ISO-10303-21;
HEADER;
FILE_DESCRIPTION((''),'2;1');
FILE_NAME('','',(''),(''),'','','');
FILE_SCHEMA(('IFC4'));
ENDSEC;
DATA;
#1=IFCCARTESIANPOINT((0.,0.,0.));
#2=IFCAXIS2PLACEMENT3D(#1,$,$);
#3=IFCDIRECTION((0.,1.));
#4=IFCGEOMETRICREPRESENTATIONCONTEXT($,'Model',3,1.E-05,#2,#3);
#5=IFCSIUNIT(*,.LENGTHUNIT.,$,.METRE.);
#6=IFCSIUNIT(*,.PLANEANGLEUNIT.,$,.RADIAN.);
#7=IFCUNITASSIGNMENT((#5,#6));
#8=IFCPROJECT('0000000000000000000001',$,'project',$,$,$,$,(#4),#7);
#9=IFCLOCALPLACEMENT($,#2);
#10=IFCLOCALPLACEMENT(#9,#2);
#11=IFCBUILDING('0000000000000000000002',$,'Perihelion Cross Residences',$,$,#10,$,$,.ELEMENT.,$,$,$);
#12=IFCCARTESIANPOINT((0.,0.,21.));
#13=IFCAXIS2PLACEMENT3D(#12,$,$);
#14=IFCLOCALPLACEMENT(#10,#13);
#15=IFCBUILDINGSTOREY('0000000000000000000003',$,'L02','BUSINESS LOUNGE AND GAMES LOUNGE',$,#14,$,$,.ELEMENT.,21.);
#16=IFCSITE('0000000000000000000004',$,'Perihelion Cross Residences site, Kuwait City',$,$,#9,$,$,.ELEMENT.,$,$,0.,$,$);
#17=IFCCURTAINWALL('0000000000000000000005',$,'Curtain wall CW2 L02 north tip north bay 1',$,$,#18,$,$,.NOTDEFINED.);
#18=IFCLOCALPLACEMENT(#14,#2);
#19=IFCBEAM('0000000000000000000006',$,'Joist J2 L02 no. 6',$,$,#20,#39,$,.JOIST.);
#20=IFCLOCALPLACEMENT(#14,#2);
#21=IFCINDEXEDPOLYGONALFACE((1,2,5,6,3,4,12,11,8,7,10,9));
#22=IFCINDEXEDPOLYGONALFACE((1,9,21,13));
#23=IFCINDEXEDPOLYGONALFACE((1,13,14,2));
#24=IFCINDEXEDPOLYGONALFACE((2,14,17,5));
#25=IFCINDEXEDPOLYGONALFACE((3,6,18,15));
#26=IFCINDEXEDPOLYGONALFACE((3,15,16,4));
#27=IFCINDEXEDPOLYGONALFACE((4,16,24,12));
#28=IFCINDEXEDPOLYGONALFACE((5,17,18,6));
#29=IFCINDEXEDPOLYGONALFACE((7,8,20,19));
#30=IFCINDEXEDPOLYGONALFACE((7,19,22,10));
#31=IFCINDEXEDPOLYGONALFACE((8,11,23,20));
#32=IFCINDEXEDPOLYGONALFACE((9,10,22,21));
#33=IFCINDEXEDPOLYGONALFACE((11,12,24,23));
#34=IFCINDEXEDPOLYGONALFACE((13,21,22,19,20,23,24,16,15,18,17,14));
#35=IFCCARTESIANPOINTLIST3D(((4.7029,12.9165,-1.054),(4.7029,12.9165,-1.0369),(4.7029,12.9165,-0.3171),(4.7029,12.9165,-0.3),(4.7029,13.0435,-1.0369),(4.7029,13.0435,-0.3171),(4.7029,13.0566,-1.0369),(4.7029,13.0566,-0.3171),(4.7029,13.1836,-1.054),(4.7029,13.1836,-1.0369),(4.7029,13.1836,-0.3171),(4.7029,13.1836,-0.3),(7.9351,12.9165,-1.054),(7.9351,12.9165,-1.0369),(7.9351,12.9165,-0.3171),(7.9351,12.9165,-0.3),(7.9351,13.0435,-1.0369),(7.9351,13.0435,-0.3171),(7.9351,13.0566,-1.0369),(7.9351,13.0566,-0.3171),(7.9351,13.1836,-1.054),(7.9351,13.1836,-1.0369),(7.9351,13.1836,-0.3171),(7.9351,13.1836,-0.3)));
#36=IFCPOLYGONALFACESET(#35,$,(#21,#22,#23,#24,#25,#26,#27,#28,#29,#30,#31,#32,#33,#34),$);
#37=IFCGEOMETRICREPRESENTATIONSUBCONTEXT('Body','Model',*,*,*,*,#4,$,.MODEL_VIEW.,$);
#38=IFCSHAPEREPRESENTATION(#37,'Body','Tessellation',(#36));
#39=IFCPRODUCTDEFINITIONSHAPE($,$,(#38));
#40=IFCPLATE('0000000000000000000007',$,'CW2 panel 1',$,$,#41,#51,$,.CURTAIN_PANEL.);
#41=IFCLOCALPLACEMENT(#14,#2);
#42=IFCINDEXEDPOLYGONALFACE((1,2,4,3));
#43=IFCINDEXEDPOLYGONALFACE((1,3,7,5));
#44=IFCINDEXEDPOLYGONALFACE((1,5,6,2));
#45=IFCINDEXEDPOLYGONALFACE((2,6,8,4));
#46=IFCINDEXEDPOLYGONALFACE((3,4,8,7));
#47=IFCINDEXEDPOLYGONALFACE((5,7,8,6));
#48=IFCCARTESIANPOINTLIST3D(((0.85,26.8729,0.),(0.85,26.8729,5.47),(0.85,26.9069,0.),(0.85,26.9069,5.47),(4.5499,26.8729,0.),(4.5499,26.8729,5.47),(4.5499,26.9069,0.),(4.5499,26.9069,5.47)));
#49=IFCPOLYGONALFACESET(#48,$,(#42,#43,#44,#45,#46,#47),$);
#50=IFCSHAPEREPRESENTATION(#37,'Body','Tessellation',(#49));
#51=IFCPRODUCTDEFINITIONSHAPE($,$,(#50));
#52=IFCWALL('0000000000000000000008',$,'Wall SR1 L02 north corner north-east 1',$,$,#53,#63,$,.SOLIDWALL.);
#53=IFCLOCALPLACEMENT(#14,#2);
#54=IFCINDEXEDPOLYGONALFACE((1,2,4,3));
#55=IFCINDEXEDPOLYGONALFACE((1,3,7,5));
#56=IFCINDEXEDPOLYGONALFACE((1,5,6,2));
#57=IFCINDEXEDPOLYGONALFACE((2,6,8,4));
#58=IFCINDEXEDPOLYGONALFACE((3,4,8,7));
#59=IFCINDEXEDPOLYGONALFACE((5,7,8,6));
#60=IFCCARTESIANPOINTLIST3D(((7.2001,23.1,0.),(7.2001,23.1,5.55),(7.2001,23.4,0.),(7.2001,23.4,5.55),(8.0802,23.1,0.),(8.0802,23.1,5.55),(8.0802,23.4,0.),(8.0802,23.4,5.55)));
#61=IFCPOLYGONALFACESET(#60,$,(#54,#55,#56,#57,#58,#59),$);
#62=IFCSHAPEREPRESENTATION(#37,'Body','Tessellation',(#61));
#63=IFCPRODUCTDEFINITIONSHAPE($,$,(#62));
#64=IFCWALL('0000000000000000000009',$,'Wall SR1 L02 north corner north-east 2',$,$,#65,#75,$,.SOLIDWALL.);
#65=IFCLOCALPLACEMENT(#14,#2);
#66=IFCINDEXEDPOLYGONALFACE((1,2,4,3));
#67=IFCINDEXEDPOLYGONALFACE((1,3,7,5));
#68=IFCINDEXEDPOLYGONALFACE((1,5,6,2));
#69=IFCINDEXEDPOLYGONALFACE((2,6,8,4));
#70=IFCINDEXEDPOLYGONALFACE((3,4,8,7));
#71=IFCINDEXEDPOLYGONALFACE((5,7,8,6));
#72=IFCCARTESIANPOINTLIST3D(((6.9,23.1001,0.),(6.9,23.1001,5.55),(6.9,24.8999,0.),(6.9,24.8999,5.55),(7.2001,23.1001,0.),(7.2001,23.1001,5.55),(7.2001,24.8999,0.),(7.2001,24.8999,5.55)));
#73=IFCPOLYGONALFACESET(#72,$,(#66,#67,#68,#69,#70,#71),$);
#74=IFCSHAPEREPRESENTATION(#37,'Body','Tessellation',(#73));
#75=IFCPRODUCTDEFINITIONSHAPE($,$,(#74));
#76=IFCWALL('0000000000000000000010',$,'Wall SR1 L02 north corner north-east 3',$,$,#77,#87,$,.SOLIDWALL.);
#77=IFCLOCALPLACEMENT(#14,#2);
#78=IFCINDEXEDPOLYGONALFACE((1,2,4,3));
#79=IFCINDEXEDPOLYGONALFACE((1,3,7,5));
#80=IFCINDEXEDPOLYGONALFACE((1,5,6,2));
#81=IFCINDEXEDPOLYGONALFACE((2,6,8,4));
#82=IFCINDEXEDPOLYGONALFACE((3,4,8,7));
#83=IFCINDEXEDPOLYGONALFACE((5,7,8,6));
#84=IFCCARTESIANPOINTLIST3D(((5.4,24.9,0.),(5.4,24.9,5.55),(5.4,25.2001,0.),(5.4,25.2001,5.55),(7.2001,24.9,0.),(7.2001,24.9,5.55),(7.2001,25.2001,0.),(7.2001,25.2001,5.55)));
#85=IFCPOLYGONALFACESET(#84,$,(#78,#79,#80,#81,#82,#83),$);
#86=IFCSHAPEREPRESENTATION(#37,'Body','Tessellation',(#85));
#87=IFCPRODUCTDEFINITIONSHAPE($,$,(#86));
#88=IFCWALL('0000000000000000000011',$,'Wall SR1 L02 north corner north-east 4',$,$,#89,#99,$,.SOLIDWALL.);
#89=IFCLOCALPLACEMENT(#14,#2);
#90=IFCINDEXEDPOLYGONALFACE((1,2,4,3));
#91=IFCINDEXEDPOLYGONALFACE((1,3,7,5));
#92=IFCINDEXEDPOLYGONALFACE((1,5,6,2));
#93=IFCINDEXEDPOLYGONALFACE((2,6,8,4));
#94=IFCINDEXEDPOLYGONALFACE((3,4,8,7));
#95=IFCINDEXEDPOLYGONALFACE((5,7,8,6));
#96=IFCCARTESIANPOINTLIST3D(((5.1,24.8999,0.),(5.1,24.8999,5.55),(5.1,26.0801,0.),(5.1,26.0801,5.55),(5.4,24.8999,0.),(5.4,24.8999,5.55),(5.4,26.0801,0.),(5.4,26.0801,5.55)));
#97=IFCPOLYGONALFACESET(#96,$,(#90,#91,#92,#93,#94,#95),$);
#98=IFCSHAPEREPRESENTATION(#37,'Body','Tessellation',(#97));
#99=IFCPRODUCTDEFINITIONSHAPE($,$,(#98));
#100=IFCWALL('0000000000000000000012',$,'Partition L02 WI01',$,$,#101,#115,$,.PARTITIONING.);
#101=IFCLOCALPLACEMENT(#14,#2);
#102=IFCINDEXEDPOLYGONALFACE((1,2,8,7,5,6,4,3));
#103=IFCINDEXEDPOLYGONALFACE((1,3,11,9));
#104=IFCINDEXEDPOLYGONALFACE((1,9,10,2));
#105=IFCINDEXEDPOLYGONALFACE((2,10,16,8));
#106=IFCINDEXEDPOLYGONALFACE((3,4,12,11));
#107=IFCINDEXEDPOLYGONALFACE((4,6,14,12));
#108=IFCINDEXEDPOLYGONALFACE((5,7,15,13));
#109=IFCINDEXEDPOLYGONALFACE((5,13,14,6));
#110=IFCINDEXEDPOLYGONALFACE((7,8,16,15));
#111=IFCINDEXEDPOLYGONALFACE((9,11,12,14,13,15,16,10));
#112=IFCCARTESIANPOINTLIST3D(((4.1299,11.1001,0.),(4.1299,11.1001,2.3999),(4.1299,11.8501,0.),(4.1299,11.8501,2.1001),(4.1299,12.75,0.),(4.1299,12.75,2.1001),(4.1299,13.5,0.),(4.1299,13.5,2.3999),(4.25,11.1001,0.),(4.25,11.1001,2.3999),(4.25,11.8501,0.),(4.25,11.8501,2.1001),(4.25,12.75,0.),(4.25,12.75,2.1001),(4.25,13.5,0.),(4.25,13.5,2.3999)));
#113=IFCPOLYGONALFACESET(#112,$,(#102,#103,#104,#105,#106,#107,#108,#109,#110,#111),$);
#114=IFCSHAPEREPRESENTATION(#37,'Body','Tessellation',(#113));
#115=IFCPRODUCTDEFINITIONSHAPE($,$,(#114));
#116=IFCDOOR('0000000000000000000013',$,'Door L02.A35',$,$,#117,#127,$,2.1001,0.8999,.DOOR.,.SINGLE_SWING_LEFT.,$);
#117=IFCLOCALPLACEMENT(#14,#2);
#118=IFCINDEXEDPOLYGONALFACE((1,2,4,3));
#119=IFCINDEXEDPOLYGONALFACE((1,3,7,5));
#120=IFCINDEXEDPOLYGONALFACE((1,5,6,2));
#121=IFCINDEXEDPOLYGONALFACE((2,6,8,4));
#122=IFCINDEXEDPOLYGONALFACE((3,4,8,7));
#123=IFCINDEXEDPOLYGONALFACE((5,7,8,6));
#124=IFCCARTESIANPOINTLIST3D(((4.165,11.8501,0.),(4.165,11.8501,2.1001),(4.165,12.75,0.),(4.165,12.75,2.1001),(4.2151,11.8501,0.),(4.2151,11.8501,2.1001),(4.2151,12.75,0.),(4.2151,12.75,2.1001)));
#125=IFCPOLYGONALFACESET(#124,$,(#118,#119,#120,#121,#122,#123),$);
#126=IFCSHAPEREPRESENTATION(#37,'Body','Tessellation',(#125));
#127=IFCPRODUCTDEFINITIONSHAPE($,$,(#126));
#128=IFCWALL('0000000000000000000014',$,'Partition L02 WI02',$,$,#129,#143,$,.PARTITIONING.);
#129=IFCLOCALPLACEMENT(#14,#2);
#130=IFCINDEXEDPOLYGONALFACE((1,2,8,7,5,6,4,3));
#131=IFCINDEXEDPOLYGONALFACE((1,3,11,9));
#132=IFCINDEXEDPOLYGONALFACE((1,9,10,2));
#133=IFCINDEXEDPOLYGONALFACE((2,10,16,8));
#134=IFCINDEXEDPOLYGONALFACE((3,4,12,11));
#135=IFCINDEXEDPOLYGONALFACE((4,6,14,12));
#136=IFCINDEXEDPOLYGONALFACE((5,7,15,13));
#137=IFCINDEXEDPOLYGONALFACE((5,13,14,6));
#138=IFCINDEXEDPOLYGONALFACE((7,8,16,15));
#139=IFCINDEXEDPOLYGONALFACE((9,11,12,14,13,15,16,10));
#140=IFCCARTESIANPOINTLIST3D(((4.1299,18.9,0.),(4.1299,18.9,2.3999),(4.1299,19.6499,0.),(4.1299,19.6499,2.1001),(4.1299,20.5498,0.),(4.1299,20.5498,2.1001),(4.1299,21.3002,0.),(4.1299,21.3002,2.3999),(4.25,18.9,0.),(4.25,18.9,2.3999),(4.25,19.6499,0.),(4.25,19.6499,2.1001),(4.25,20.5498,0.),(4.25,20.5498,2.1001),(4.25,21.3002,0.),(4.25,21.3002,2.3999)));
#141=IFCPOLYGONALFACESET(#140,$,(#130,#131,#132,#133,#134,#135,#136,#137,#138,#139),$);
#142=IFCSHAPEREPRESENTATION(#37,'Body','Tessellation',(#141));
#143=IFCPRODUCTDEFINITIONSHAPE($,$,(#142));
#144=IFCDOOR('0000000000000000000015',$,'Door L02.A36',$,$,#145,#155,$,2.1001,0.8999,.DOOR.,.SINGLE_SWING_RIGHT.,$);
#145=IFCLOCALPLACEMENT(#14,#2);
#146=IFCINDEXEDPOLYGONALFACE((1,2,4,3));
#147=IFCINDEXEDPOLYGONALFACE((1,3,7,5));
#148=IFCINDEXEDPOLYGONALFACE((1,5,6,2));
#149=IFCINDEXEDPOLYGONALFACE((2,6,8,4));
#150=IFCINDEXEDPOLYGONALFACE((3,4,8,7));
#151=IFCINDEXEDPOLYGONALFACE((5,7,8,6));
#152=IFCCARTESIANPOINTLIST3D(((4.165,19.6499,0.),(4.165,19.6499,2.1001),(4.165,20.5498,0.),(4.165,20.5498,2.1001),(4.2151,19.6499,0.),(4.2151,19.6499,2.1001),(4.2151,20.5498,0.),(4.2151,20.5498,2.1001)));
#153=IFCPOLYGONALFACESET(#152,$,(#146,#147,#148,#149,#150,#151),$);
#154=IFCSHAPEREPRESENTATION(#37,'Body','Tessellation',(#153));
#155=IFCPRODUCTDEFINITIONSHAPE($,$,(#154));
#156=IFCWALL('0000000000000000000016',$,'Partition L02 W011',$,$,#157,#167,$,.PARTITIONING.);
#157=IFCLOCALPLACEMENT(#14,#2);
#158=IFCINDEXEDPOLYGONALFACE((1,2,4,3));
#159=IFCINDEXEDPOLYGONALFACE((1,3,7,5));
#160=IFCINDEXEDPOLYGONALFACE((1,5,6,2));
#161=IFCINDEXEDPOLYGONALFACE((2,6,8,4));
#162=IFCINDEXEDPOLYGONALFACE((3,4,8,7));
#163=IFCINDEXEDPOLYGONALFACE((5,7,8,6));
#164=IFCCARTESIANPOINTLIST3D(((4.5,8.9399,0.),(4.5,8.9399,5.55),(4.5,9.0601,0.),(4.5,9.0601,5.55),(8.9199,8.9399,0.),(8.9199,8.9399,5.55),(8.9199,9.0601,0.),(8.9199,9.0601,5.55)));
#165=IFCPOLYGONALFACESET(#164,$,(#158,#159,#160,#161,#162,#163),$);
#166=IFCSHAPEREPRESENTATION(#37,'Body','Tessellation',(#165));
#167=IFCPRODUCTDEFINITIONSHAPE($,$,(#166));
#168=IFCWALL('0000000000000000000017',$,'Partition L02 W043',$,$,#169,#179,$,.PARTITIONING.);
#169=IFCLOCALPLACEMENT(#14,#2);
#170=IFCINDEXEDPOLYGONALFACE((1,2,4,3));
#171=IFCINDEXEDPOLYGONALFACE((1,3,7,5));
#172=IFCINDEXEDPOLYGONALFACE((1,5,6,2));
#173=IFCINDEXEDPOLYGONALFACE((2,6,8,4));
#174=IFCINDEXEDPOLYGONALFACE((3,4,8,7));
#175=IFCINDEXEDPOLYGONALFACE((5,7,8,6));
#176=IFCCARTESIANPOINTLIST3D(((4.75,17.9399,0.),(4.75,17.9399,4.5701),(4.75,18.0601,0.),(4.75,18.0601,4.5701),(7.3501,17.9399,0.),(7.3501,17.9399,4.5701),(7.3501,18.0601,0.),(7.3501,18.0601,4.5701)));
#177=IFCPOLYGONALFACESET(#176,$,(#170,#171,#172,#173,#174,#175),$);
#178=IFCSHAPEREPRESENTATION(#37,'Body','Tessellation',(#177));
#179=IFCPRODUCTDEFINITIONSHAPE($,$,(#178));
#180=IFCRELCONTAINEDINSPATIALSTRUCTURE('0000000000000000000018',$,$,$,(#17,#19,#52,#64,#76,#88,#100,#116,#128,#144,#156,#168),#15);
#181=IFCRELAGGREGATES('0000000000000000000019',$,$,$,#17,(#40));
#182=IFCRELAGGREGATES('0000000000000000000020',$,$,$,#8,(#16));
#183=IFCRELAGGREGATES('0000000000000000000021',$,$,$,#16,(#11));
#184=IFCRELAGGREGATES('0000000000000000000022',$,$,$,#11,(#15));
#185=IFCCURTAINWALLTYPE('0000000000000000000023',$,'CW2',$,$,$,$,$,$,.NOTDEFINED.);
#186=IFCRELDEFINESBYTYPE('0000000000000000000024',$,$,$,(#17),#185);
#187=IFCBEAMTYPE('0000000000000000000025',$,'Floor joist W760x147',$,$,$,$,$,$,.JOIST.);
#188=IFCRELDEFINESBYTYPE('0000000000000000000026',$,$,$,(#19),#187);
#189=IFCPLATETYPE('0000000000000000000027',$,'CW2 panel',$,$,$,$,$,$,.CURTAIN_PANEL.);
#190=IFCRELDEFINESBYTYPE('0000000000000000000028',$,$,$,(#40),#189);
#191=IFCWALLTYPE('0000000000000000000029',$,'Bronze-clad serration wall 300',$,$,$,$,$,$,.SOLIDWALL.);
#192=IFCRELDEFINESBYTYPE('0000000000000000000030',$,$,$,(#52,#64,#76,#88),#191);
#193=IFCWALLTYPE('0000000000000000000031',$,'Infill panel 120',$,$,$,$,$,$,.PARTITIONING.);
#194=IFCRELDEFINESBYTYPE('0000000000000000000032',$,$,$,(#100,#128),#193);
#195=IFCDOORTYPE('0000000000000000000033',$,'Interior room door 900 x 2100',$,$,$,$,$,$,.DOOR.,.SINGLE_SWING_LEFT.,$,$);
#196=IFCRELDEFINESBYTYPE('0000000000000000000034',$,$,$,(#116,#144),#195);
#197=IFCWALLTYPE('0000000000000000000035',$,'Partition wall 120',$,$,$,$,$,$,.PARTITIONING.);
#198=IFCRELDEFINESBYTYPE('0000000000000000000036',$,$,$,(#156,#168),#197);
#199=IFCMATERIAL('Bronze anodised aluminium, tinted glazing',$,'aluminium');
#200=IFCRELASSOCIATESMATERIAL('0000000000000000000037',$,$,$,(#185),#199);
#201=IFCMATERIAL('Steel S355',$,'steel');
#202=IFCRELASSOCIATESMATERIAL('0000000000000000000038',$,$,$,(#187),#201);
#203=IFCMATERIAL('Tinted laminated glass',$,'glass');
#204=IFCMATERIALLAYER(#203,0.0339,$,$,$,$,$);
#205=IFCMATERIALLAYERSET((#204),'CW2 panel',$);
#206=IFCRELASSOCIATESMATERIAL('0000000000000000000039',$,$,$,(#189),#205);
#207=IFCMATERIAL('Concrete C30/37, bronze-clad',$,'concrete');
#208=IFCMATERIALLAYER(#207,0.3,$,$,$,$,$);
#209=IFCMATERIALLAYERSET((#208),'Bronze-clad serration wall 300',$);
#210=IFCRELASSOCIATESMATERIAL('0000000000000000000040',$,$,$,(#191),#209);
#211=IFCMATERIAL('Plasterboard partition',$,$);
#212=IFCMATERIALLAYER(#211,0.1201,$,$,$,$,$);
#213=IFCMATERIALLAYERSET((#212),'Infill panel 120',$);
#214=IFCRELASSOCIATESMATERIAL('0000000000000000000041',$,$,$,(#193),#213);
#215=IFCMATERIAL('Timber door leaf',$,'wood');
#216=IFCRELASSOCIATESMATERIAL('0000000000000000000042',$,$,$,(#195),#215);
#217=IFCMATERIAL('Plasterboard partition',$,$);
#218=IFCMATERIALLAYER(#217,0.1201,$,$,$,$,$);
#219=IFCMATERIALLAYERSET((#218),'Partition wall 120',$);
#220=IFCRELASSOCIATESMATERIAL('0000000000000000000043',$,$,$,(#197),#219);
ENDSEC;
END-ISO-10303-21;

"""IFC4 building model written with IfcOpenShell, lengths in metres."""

from ifc_helpers import new_model, si_unit, direction, frame, frame_2d, origin, origin_2d, place, context, subcontext, project, spatial, rectangle, i_section, extrude, material, layer, layer_set, material_profile, profile_set, type_object, element, fill, aggregate, save


model = new_model("IFC4")

# Units and contexts
model_context = context("Model", 3, precision=1e-05, world=origin(), true_north=direction((0.0, 1.0)))
body_context = subcontext(model_context, "Body", "Model", "MODEL_VIEW")
ifc_project = project(units=[si_unit("LENGTHUNIT", "METRE"), si_unit("PLANEANGLEUNIT", "RADIAN")], contexts=[model_context])

# Site, building, storey
site_placement = place(None, origin())
site = spatial("IfcSite", under=ifc_project, at=site_placement, Name="Perihelion Cross Residences site, Kuwait City", CompositionType="ELEMENT", RefElevation=0.0)
building_placement = place(site_placement, origin())
building = spatial("IfcBuilding", under=site, at=building_placement, Name="Perihelion Cross Residences", CompositionType="ELEMENT")
storey_placement = place(building_placement, frame((0.0, 0.0, 21.0)))
storey = spatial("IfcBuildingStorey", under=building, at=storey_placement, Name="L02", Description="BUSINESS LOUNGE AND GAMES LOUNGE", CompositionType="ELEMENT", Elevation=21.0)

# Curtain wall
ifc_material_1 = material(Name="Bronze anodised aluminium, tinted glazing", Category="aluminium")
curtain_wall_type = type_object("IfcCurtainWallType", Name="CW2", PredefinedType="NOTDEFINED", material=ifc_material_1)
curtain_wall_placement = place(storey_placement, origin())
curtain_wall = element("IfcCurtainWall", 1, at=curtain_wall_placement, inside=storey, type_object=curtain_wall_type, Name="Curtain wall CW2 L02 north tip north bay 1", PredefinedType="NOTDEFINED")

# Beam
ifc_material_2 = material(Name="Steel S355", Category="steel")
ifc_material_profile_1 = material_profile(ifc_material_2, i_section(OverallWidth=0.2671, OverallDepth=0.7539, WebThickness=0.0132, FlangeThickness=0.0171, at=origin_2d()), Name="W760x147")
ifc_profile_set_1 = profile_set([ifc_material_profile_1], Name="Steel S355")
beam_type_1 = type_object("IfcBeamType", Name="Floor joist W760x147", PredefinedType="JOIST", material=ifc_profile_set_1)
beam_1_placement = place(storey_placement, frame((4.7029, 13.05, -0.677), z_axis=(1.0, 0.0, 0.0), x_axis=(0.0, 1.0, 0.0)))
element("IfcBeam", 2, at=beam_1_placement, inside=storey, type_object=beam_type_1, Name="Joist J2 L02 no. 6", PredefinedType="JOIST", context=body_context, shape_type="SweptSolid", body=[
    extrude(i_section(OverallWidth=0.2671, OverallDepth=0.7539, WebThickness=0.0132, FlangeThickness=0.0171, at=origin_2d()), origin(), (0.0, 0.0, 1.0), 3.2322),
])

# Plate
ifc_material_3 = material(Name="Tinted laminated glass", Category="glass")
ifc_layer_1 = layer(ifc_material_3, 0.0339)
ifc_layer_set_1 = layer_set([ifc_layer_1], Name="CW2 panel")
plate_type = type_object("IfcPlateType", Name="CW2 panel", PredefinedType="CURTAIN_PANEL", material=ifc_layer_set_1)
plate_placement = place(storey_placement, frame((2.7, 26.8899, 0.0), z_axis=(0.0, 0.0, 1.0), x_axis=(-1.0, 0.0, 0.0)))
plate = element("IfcPlate", 3, at=plate_placement, type_object=plate_type, Name="CW2 panel 1", PredefinedType="CURTAIN_PANEL", context=body_context, shape_type="SweptSolid", body=[
    extrude(rectangle(XDim=3.7, YDim=0.0339, at=origin_2d()), origin(), (0.0, 0.0, 1.0), 5.47),
])
aggregate(curtain_wall, [plate])

# Walls
ifc_material_4 = material(Name="Concrete C30/37, bronze-clad", Category="concrete")
ifc_layer_2 = layer(ifc_material_4, 0.3)
ifc_layer_set_2 = layer_set([ifc_layer_2], Name="Bronze-clad serration wall 300")
wall_type_1 = type_object("IfcWallType", Name="Bronze-clad serration wall 300", PredefinedType="SOLIDWALL", material=ifc_layer_set_2)
wall_1_placement = place(storey_placement, frame((8.0801, 23.25, 0.0), z_axis=(0.0, 0.0, 1.0), x_axis=(-1.0, 0.0, 0.0)))
element("IfcWall", 4, at=wall_1_placement, inside=storey, type_object=wall_type_1, Name="Wall SR1 L02 north corner north-east 1", PredefinedType="SOLIDWALL", context=body_context, shape_type="SweptSolid", body=[
    extrude(rectangle(XDim=0.8801, YDim=0.3, at=frame_2d((0.4399, 0.0))), origin(), (0.0, 0.0, 1.0), 5.55),
])
wall_2_placement = place(storey_placement, frame((7.05, 23.1001, 0.0), z_axis=(0.0, 0.0, 1.0), x_axis=(0.0, 1.0, 0.0)))
element("IfcWall", 5, at=wall_2_placement, inside=storey, type_object=wall_type_1, Name="Wall SR1 L02 north corner north-east 2", PredefinedType="SOLIDWALL", context=body_context, shape_type="SweptSolid", body=[
    extrude(rectangle(XDim=1.7998, YDim=0.3, at=frame_2d((0.8999, 0.0))), origin(), (0.0, 0.0, 1.0), 5.55),
])
wall_3_placement = place(storey_placement, frame((7.2, 25.05, 0.0), z_axis=(0.0, 0.0, 1.0), x_axis=(-1.0, 0.0, 0.0)))
element("IfcWall", 6, at=wall_3_placement, inside=storey, type_object=wall_type_1, Name="Wall SR1 L02 north corner north-east 3", PredefinedType="SOLIDWALL", context=body_context, shape_type="SweptSolid", body=[
    extrude(rectangle(XDim=1.8, YDim=0.3, at=frame_2d((0.8999, 0.0))), origin(), (0.0, 0.0, 1.0), 5.55),
])
wall_4_placement = place(storey_placement, frame((5.25, 24.8999, 0.0), z_axis=(0.0, 0.0, 1.0), x_axis=(0.0, 1.0, 0.0)))
element("IfcWall", 7, at=wall_4_placement, inside=storey, type_object=wall_type_1, Name="Wall SR1 L02 north corner north-east 4", PredefinedType="SOLIDWALL", context=body_context, shape_type="SweptSolid", body=[
    extrude(rectangle(XDim=1.1802, YDim=0.3, at=frame_2d((0.5901, 0.0))), origin(), (0.0, 0.0, 1.0), 5.55),
])

# Walls, openings, doors
ifc_material_5 = material(Name="Plasterboard partition")
ifc_layer_3 = layer(ifc_material_5, 0.1201)
ifc_layer_set_3 = layer_set([ifc_layer_3], Name="Infill panel 120")
wall_type_2 = type_object("IfcWallType", Name="Infill panel 120", PredefinedType="PARTITIONING", material=ifc_layer_set_3)
wall_5_placement = place(storey_placement, frame((4.1899, 11.1001, 0.0), z_axis=(0.0, 0.0, 1.0), x_axis=(0.0, 1.0, 0.0)))
wall_5 = element("IfcWall", 8, at=wall_5_placement, inside=storey, type_object=wall_type_2, Name="Partition L02 WI01", PredefinedType="PARTITIONING", context=body_context, shape_type="SweptSolid", body=[
    extrude(rectangle(XDim=2.3999, YDim=0.1201, at=frame_2d((1.2, 0.0))), origin(), (0.0, 0.0, 1.0), 2.3999),
])
opening_1_placement = place(wall_5_placement, frame((0.75, 0.0, 0.0)))
opening_1 = element("IfcOpeningElement", 9, at=opening_1_placement, cuts=wall_5, PredefinedType="OPENING", context=body_context, shape_type="SweptSolid", body=[
    extrude(rectangle(XDim=0.8999, YDim=2.1001, at=frame_2d((0.45, 1.05))), frame((0.0, 0.0701, 0.0), z_axis=(0.0, -1.0, 0.0), x_axis=(1.0, 0.0, 0.0)), (0.0, 0.0, 1.0), 0.1401),
])
ifc_material_6 = material(Name="Timber door leaf", Category="wood")
door_type_1 = type_object("IfcDoorType", Name="Interior room door 900 x 2100", OperationType="SINGLE_SWING_LEFT", PredefinedType="DOOR", material=ifc_material_6)
door_1_placement = place(opening_1_placement, origin())
door_1 = element("IfcDoor", 10, at=door_1_placement, inside=storey, type_object=door_type_1, Name="Door L02.A35", OperationType="SINGLE_SWING_LEFT", OverallHeight=2.1001, OverallWidth=0.8999, PredefinedType="DOOR", context=body_context, shape_type="SweptSolid", body=[
    extrude(rectangle(XDim=0.8999, YDim=2.1001, at=frame_2d((0.45, 1.05))), frame((0.0, 0.0249, 0.0), z_axis=(0.0, -1.0, 0.0), x_axis=(1.0, 0.0, 0.0)), (0.0, 0.0, 1.0), 0.05),
])
fill(opening_1, door_1)
wall_6_placement = place(storey_placement, frame((4.1899, 18.8999, 0.0), z_axis=(0.0, 0.0, 1.0), x_axis=(0.0, 1.0, 0.0)))
wall_6 = element("IfcWall", 11, at=wall_6_placement, inside=storey, type_object=wall_type_2, Name="Partition L02 WI02", PredefinedType="PARTITIONING", context=body_context, shape_type="SweptSolid", body=[
    extrude(rectangle(XDim=2.4001, YDim=0.1201, at=frame_2d((1.2002, 0.0))), origin(), (0.0, 0.0, 1.0), 2.3999),
])
opening_2_placement = place(wall_6_placement, frame((0.75, 0.0, 0.0)))
opening_2 = element("IfcOpeningElement", 12, at=opening_2_placement, cuts=wall_6, PredefinedType="OPENING", context=body_context, shape_type="SweptSolid", body=[
    extrude(rectangle(XDim=0.8999, YDim=2.1001, at=frame_2d((0.45, 1.05))), frame((0.0, 0.0701, 0.0), z_axis=(0.0, -1.0, 0.0), x_axis=(1.0, 0.0, 0.0)), (0.0, 0.0, 1.0), 0.1401),
])
door_2_placement = place(opening_2_placement, origin())
door_2 = element("IfcDoor", 13, at=door_2_placement, inside=storey, type_object=door_type_1, Name="Door L02.A36", OperationType="SINGLE_SWING_RIGHT", OverallHeight=2.1001, OverallWidth=0.8999, PredefinedType="DOOR", context=body_context, shape_type="SweptSolid", body=[
    extrude(rectangle(XDim=0.8999, YDim=2.1001, at=frame_2d((0.45, 1.05))), frame((0.0, 0.0249, 0.0), z_axis=(0.0, -1.0, 0.0), x_axis=(1.0, 0.0, 0.0)), (0.0, 0.0, 1.0), 0.05),
])
fill(opening_2, door_2)

# Walls
ifc_material_7 = material(Name="Plasterboard partition")
ifc_layer_4 = layer(ifc_material_7, 0.1201)
ifc_layer_set_4 = layer_set([ifc_layer_4], Name="Partition wall 120")
wall_type_3 = type_object("IfcWallType", Name="Partition wall 120", PredefinedType="PARTITIONING", material=ifc_layer_set_4)
wall_7_placement = place(storey_placement, frame((4.5, 9.0, 0.0), z_axis=(0.0, 0.0, 1.0), x_axis=(1.0, 0.0, 0.0)))
element("IfcWall", 14, at=wall_7_placement, inside=storey, type_object=wall_type_3, Name="Partition L02 W011", PredefinedType="PARTITIONING", context=body_context, shape_type="SweptSolid", body=[
    extrude(rectangle(XDim=4.4199, YDim=0.1201, at=frame_2d((2.21, 0.0))), origin(), (0.0, 0.0, 1.0), 5.55),
])
wall_8_placement = place(storey_placement, frame((4.75, 18.0, 0.0), z_axis=(0.0, 0.0, 1.0), x_axis=(1.0, 0.0, 0.0)))
element("IfcWall", 15, at=wall_8_placement, inside=storey, type_object=wall_type_3, Name="Partition L02 W043", PredefinedType="PARTITIONING", context=body_context, shape_type="SweptSolid", body=[
    extrude(rectangle(XDim=2.6001, YDim=0.1201, at=frame_2d((1.3, 0.0))), origin(), (0.0, 0.0, 1.0), 4.5701),
])

save(model, "model.ifc")
